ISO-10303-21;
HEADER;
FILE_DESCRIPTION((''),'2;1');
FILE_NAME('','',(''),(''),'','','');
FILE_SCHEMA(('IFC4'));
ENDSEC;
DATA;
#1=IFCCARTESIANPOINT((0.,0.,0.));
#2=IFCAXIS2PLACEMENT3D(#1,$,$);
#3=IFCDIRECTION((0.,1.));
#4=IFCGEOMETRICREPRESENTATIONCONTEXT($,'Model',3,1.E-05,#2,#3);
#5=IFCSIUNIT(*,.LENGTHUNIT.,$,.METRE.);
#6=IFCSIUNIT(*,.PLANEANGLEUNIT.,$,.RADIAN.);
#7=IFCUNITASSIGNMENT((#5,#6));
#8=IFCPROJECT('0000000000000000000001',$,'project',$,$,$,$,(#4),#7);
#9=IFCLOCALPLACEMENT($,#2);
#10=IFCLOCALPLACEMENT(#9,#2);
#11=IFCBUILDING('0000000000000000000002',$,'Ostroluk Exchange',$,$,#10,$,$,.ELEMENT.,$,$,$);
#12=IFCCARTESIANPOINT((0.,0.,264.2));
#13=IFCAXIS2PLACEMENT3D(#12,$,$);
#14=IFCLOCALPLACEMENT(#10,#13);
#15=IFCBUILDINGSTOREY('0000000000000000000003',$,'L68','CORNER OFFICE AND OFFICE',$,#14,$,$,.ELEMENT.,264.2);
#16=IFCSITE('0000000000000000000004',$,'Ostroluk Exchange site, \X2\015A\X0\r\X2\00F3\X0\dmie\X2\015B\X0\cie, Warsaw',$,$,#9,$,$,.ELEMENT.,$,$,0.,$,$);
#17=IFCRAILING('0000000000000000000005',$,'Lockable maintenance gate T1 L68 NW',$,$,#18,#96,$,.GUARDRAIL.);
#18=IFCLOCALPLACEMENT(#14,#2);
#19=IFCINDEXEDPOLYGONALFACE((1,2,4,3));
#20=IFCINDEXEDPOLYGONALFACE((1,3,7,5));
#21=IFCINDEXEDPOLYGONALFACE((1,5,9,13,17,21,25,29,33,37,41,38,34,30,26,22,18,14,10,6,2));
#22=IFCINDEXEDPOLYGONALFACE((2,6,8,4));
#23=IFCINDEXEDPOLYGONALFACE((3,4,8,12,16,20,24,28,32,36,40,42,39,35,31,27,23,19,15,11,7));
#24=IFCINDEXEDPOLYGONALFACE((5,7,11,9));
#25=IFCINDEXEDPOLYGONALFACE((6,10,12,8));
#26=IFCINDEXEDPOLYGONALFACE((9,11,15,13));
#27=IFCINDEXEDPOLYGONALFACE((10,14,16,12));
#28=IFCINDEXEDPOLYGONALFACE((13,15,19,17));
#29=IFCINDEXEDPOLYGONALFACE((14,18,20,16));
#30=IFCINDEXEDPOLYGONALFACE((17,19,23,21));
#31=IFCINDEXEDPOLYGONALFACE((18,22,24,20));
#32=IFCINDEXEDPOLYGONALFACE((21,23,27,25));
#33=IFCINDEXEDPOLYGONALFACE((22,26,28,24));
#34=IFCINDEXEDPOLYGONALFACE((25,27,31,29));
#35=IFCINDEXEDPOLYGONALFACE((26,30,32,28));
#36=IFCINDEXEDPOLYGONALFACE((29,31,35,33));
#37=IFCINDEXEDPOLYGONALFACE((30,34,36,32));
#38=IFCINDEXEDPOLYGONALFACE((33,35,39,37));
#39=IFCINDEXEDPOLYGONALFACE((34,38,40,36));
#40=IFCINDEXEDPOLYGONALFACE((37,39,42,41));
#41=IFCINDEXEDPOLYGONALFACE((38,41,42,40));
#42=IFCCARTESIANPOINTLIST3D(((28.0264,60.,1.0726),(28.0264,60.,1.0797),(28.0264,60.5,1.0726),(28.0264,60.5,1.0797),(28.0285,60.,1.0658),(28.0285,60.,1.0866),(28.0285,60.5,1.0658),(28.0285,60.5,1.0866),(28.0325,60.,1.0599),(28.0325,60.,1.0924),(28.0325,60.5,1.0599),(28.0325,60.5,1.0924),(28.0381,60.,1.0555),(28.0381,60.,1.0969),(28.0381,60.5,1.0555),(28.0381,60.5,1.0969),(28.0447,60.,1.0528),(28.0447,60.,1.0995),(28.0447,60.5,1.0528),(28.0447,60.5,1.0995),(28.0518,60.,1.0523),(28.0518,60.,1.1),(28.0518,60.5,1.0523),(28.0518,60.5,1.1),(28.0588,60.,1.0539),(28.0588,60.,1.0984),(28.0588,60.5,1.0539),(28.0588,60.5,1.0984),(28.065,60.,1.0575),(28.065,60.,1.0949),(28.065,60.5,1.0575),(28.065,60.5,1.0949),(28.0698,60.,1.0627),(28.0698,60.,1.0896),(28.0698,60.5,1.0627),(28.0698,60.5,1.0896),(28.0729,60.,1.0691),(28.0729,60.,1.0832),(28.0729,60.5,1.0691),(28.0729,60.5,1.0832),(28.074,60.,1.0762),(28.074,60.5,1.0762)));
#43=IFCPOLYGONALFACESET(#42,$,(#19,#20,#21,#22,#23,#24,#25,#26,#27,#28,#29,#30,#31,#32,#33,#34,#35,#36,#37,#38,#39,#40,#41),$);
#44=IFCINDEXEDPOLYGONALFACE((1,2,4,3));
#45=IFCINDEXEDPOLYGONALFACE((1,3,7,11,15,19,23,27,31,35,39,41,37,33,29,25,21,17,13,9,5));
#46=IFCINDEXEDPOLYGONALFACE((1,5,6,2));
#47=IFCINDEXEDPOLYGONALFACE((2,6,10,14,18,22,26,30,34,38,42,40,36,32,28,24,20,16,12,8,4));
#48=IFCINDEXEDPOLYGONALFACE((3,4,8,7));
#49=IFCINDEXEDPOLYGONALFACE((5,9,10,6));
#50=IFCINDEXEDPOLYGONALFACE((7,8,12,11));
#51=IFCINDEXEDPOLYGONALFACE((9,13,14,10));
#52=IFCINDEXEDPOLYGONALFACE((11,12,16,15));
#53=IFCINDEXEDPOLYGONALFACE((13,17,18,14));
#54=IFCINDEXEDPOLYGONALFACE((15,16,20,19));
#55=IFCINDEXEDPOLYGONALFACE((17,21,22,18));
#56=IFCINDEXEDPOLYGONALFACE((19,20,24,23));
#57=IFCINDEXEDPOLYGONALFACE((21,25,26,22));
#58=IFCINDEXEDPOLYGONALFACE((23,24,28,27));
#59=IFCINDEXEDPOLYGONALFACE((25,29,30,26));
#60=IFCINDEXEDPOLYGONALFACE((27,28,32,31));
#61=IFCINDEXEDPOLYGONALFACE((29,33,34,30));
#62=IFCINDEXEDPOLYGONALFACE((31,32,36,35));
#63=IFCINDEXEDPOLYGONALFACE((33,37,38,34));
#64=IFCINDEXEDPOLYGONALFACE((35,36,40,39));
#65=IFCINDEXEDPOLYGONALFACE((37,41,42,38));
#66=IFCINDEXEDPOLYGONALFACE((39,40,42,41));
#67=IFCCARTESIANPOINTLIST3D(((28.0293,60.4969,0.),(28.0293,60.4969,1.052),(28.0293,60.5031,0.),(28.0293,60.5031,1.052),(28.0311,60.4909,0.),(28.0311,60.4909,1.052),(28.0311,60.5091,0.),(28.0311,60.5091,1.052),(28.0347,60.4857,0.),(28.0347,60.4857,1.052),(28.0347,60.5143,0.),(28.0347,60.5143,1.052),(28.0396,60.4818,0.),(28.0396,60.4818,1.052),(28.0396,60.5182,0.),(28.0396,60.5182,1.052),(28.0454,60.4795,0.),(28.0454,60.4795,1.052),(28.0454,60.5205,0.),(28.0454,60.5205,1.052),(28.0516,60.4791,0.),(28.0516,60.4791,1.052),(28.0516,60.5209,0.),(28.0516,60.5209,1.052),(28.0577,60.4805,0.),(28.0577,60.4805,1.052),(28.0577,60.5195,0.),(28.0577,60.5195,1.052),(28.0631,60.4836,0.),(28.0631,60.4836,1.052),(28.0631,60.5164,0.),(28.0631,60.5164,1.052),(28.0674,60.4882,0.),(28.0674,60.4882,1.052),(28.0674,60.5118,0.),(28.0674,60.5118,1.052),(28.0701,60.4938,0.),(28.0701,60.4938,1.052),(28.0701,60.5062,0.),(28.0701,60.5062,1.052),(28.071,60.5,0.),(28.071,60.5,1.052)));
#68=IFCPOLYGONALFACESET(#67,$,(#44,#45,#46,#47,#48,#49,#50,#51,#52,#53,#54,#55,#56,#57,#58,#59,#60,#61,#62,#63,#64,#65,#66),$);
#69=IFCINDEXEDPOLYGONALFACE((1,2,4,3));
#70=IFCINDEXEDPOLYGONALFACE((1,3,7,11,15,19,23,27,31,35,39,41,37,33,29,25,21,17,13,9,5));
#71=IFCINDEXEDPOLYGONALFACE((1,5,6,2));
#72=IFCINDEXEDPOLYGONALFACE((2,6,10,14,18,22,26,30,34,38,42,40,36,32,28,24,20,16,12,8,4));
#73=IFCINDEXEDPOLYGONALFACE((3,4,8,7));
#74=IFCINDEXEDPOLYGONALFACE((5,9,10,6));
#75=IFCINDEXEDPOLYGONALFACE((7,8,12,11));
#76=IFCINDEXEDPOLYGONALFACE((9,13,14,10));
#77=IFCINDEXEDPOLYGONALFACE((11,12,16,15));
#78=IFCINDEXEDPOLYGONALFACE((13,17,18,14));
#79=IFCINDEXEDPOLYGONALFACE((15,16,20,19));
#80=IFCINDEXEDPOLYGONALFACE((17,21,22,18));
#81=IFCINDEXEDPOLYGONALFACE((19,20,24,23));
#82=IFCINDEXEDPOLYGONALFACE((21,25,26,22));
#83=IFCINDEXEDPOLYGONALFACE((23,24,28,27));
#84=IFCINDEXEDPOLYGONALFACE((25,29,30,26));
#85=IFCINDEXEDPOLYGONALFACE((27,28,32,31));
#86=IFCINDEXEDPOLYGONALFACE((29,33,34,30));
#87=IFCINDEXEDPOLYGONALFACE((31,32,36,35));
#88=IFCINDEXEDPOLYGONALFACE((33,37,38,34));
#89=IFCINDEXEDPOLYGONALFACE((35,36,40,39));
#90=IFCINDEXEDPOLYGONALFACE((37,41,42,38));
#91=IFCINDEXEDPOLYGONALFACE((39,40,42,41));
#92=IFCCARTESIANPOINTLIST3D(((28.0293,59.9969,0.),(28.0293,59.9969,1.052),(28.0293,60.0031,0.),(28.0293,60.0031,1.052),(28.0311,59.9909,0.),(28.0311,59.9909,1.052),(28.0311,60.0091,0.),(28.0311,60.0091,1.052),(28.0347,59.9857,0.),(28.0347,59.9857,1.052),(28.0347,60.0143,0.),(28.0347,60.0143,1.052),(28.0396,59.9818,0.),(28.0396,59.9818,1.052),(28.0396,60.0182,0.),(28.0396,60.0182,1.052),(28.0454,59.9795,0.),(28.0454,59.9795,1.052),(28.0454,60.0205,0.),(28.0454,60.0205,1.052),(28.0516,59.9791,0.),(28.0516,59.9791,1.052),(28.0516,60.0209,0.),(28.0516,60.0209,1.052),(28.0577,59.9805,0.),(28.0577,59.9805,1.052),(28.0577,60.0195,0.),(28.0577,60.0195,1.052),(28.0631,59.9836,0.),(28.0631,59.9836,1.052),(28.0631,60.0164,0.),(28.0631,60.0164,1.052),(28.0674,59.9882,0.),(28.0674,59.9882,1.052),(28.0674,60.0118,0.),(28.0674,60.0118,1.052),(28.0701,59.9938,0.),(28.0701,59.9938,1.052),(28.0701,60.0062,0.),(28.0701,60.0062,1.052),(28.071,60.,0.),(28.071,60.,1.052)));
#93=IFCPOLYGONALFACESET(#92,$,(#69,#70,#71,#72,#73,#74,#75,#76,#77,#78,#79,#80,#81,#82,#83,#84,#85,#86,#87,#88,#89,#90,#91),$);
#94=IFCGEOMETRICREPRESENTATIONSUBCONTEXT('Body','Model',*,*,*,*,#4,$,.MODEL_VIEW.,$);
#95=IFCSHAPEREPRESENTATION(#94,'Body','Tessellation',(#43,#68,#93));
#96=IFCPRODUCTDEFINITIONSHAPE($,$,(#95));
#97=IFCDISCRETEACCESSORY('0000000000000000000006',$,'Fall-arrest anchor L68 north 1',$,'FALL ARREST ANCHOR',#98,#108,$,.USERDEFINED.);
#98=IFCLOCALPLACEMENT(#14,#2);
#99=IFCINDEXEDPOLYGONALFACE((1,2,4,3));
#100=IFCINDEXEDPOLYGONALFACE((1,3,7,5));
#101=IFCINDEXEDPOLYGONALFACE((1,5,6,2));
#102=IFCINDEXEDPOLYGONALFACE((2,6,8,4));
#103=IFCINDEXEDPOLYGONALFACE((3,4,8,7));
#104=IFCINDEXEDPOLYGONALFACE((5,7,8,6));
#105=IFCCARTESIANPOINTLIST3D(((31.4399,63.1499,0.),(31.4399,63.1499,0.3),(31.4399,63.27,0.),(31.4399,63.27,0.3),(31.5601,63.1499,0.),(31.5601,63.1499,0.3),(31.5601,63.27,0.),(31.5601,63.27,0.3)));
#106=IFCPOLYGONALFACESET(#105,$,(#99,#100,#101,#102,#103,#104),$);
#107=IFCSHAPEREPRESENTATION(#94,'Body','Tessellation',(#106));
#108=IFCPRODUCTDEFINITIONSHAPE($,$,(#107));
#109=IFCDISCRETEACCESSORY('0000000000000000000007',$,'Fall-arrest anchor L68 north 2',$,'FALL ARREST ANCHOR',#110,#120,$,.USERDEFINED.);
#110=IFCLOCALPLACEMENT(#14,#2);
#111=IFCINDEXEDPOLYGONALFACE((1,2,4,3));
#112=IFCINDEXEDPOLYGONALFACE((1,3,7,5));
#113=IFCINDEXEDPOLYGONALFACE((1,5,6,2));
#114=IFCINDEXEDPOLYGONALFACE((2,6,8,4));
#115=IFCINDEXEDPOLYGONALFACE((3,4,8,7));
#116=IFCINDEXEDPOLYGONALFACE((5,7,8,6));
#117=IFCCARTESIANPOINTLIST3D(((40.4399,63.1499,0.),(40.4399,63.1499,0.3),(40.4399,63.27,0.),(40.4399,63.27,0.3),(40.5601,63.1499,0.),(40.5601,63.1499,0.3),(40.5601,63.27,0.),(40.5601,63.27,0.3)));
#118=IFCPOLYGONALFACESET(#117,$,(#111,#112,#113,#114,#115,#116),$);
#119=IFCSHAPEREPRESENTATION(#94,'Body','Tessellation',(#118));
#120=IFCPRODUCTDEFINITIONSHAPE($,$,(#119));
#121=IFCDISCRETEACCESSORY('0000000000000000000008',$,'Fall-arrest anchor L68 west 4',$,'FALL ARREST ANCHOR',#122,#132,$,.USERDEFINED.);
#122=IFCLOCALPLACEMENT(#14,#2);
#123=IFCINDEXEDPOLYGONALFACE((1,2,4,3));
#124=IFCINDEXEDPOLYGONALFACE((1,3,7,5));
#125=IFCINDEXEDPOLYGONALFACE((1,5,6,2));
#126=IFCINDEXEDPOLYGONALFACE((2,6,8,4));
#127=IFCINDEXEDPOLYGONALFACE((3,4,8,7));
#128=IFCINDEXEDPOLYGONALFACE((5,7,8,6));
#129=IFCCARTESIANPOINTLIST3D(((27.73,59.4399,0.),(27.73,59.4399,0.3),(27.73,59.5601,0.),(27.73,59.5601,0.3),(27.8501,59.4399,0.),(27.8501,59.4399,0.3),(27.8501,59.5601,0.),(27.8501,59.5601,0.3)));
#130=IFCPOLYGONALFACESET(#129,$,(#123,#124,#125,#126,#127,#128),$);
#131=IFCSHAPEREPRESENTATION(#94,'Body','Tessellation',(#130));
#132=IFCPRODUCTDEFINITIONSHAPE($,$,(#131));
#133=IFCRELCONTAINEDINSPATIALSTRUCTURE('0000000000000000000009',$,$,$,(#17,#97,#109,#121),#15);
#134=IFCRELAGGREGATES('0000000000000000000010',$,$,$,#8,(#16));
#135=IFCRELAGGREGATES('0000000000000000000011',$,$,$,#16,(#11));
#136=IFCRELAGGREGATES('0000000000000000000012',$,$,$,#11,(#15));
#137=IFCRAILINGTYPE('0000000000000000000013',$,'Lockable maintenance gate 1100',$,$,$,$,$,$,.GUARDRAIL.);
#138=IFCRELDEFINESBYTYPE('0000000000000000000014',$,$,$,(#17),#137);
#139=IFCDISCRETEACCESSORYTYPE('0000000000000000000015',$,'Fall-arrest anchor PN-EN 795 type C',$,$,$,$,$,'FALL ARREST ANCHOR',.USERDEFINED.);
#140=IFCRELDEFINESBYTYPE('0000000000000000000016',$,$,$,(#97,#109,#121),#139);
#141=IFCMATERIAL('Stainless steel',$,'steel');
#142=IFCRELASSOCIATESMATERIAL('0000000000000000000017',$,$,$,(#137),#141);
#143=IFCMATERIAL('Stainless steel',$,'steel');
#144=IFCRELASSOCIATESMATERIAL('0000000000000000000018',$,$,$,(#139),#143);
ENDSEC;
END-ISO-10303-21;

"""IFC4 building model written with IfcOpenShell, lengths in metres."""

from ifc_helpers import new_model, si_unit, direction, frame, origin, origin_2d, place, context, subcontext, project, spatial, rectangle, circle, extrude, material, type_object, element, save


model = new_model("IFC4")

# Units and contexts
model_context = context("Model", 3, precision=1e-05, world=origin(), true_north=direction((0.0, 1.0)))
body_context = subcontext(model_context, "Body", "Model", "MODEL_VIEW")
ifc_project = project(units=[si_unit("LENGTHUNIT", "METRE"), si_unit("PLANEANGLEUNIT", "RADIAN")], contexts=[model_context])

# Site, building, storey
site_placement = place(None, origin())
site = spatial("IfcSite", under=ifc_project, at=site_placement, Name="Ostroluk Exchange site, Śródmieście, Warsaw", CompositionType="ELEMENT", RefElevation=0.0)
building_placement = place(site_placement, origin())
building = spatial("IfcBuilding", under=site, at=building_placement, Name="Ostroluk Exchange", CompositionType="ELEMENT")
storey_placement = place(building_placement, frame((0.0, 0.0, 264.2)))
storey = spatial("IfcBuildingStorey", under=building, at=storey_placement, Name="L68", Description="CORNER OFFICE AND OFFICE", CompositionType="ELEMENT", Elevation=264.2)

# Railing
ifc_material_1 = material(Name="Stainless steel", Category="steel")
railing_type_1 = type_object("IfcRailingType", Name="Lockable maintenance gate 1100", PredefinedType="GUARDRAIL", material=ifc_material_1)
railing_1_placement = place(storey_placement, frame((28.05, 60.5, 0.0)))
element("IfcRailing", 1, at=railing_1_placement, inside=storey, type_object=railing_type_1, Name="Lockable maintenance gate T1 L68 NW", PredefinedType="GUARDRAIL", context=body_context, shape_type="SweptSolid", body=[
    extrude(circle(Radius=0.0239, at=origin_2d()), frame((0.0, 0.0, 1.0762), z_axis=(0.0, -1.0, 0.0), x_axis=(1.0, 0.0, 0.0)), (0.0, 0.0, 1.0), 0.5),
    extrude(circle(Radius=0.021, at=origin_2d()), origin(), (0.0, 0.0, 1.0), 1.052),
    extrude(circle(Radius=0.021, at=origin_2d()), frame((0.0, -0.5, 0.0)), (0.0, 0.0, 1.0), 1.052),
])

# Discrete accessories
ifc_material_2 = material(Name="Stainless steel", Category="steel")
discrete_accessory_type = type_object("IfcDiscreteAccessoryType", Name="Fall-arrest anchor PN-EN 795 type C", ElementType="FALL ARREST ANCHOR", PredefinedType="USERDEFINED", material=ifc_material_2)
for number, where, z_axis, x_axis, name in (
    (2, (31.5, 63.21, 0.0), (0.0, 0.0, 1.0), (1.0, 0.0, 0.0), "Fall-arrest anchor L68 north 1"),
    (3, (40.5, 63.21, 0.0), (0.0, 0.0, 1.0), (1.0, 0.0, 0.0), "Fall-arrest anchor L68 north 2"),
    (4, (27.79, 59.5, 0.0), (0.0, 0.0, 1.0), (1.0, 0.0, 0.0), "Fall-arrest anchor L68 west 4"),
):
    element("IfcDiscreteAccessory", number, at=place(storey_placement, frame(where, z_axis=z_axis, x_axis=x_axis)), inside=storey, type_object=discrete_accessory_type, Name=name, ObjectType="FALL ARREST ANCHOR", PredefinedType="USERDEFINED", context=body_context, shape_type="SweptSolid", body=[
        extrude(rectangle(XDim=0.1201, YDim=0.1201, at=origin_2d()), origin(), (0.0, 0.0, 1.0), 0.3),
    ])

save(model, "model.ifc")
